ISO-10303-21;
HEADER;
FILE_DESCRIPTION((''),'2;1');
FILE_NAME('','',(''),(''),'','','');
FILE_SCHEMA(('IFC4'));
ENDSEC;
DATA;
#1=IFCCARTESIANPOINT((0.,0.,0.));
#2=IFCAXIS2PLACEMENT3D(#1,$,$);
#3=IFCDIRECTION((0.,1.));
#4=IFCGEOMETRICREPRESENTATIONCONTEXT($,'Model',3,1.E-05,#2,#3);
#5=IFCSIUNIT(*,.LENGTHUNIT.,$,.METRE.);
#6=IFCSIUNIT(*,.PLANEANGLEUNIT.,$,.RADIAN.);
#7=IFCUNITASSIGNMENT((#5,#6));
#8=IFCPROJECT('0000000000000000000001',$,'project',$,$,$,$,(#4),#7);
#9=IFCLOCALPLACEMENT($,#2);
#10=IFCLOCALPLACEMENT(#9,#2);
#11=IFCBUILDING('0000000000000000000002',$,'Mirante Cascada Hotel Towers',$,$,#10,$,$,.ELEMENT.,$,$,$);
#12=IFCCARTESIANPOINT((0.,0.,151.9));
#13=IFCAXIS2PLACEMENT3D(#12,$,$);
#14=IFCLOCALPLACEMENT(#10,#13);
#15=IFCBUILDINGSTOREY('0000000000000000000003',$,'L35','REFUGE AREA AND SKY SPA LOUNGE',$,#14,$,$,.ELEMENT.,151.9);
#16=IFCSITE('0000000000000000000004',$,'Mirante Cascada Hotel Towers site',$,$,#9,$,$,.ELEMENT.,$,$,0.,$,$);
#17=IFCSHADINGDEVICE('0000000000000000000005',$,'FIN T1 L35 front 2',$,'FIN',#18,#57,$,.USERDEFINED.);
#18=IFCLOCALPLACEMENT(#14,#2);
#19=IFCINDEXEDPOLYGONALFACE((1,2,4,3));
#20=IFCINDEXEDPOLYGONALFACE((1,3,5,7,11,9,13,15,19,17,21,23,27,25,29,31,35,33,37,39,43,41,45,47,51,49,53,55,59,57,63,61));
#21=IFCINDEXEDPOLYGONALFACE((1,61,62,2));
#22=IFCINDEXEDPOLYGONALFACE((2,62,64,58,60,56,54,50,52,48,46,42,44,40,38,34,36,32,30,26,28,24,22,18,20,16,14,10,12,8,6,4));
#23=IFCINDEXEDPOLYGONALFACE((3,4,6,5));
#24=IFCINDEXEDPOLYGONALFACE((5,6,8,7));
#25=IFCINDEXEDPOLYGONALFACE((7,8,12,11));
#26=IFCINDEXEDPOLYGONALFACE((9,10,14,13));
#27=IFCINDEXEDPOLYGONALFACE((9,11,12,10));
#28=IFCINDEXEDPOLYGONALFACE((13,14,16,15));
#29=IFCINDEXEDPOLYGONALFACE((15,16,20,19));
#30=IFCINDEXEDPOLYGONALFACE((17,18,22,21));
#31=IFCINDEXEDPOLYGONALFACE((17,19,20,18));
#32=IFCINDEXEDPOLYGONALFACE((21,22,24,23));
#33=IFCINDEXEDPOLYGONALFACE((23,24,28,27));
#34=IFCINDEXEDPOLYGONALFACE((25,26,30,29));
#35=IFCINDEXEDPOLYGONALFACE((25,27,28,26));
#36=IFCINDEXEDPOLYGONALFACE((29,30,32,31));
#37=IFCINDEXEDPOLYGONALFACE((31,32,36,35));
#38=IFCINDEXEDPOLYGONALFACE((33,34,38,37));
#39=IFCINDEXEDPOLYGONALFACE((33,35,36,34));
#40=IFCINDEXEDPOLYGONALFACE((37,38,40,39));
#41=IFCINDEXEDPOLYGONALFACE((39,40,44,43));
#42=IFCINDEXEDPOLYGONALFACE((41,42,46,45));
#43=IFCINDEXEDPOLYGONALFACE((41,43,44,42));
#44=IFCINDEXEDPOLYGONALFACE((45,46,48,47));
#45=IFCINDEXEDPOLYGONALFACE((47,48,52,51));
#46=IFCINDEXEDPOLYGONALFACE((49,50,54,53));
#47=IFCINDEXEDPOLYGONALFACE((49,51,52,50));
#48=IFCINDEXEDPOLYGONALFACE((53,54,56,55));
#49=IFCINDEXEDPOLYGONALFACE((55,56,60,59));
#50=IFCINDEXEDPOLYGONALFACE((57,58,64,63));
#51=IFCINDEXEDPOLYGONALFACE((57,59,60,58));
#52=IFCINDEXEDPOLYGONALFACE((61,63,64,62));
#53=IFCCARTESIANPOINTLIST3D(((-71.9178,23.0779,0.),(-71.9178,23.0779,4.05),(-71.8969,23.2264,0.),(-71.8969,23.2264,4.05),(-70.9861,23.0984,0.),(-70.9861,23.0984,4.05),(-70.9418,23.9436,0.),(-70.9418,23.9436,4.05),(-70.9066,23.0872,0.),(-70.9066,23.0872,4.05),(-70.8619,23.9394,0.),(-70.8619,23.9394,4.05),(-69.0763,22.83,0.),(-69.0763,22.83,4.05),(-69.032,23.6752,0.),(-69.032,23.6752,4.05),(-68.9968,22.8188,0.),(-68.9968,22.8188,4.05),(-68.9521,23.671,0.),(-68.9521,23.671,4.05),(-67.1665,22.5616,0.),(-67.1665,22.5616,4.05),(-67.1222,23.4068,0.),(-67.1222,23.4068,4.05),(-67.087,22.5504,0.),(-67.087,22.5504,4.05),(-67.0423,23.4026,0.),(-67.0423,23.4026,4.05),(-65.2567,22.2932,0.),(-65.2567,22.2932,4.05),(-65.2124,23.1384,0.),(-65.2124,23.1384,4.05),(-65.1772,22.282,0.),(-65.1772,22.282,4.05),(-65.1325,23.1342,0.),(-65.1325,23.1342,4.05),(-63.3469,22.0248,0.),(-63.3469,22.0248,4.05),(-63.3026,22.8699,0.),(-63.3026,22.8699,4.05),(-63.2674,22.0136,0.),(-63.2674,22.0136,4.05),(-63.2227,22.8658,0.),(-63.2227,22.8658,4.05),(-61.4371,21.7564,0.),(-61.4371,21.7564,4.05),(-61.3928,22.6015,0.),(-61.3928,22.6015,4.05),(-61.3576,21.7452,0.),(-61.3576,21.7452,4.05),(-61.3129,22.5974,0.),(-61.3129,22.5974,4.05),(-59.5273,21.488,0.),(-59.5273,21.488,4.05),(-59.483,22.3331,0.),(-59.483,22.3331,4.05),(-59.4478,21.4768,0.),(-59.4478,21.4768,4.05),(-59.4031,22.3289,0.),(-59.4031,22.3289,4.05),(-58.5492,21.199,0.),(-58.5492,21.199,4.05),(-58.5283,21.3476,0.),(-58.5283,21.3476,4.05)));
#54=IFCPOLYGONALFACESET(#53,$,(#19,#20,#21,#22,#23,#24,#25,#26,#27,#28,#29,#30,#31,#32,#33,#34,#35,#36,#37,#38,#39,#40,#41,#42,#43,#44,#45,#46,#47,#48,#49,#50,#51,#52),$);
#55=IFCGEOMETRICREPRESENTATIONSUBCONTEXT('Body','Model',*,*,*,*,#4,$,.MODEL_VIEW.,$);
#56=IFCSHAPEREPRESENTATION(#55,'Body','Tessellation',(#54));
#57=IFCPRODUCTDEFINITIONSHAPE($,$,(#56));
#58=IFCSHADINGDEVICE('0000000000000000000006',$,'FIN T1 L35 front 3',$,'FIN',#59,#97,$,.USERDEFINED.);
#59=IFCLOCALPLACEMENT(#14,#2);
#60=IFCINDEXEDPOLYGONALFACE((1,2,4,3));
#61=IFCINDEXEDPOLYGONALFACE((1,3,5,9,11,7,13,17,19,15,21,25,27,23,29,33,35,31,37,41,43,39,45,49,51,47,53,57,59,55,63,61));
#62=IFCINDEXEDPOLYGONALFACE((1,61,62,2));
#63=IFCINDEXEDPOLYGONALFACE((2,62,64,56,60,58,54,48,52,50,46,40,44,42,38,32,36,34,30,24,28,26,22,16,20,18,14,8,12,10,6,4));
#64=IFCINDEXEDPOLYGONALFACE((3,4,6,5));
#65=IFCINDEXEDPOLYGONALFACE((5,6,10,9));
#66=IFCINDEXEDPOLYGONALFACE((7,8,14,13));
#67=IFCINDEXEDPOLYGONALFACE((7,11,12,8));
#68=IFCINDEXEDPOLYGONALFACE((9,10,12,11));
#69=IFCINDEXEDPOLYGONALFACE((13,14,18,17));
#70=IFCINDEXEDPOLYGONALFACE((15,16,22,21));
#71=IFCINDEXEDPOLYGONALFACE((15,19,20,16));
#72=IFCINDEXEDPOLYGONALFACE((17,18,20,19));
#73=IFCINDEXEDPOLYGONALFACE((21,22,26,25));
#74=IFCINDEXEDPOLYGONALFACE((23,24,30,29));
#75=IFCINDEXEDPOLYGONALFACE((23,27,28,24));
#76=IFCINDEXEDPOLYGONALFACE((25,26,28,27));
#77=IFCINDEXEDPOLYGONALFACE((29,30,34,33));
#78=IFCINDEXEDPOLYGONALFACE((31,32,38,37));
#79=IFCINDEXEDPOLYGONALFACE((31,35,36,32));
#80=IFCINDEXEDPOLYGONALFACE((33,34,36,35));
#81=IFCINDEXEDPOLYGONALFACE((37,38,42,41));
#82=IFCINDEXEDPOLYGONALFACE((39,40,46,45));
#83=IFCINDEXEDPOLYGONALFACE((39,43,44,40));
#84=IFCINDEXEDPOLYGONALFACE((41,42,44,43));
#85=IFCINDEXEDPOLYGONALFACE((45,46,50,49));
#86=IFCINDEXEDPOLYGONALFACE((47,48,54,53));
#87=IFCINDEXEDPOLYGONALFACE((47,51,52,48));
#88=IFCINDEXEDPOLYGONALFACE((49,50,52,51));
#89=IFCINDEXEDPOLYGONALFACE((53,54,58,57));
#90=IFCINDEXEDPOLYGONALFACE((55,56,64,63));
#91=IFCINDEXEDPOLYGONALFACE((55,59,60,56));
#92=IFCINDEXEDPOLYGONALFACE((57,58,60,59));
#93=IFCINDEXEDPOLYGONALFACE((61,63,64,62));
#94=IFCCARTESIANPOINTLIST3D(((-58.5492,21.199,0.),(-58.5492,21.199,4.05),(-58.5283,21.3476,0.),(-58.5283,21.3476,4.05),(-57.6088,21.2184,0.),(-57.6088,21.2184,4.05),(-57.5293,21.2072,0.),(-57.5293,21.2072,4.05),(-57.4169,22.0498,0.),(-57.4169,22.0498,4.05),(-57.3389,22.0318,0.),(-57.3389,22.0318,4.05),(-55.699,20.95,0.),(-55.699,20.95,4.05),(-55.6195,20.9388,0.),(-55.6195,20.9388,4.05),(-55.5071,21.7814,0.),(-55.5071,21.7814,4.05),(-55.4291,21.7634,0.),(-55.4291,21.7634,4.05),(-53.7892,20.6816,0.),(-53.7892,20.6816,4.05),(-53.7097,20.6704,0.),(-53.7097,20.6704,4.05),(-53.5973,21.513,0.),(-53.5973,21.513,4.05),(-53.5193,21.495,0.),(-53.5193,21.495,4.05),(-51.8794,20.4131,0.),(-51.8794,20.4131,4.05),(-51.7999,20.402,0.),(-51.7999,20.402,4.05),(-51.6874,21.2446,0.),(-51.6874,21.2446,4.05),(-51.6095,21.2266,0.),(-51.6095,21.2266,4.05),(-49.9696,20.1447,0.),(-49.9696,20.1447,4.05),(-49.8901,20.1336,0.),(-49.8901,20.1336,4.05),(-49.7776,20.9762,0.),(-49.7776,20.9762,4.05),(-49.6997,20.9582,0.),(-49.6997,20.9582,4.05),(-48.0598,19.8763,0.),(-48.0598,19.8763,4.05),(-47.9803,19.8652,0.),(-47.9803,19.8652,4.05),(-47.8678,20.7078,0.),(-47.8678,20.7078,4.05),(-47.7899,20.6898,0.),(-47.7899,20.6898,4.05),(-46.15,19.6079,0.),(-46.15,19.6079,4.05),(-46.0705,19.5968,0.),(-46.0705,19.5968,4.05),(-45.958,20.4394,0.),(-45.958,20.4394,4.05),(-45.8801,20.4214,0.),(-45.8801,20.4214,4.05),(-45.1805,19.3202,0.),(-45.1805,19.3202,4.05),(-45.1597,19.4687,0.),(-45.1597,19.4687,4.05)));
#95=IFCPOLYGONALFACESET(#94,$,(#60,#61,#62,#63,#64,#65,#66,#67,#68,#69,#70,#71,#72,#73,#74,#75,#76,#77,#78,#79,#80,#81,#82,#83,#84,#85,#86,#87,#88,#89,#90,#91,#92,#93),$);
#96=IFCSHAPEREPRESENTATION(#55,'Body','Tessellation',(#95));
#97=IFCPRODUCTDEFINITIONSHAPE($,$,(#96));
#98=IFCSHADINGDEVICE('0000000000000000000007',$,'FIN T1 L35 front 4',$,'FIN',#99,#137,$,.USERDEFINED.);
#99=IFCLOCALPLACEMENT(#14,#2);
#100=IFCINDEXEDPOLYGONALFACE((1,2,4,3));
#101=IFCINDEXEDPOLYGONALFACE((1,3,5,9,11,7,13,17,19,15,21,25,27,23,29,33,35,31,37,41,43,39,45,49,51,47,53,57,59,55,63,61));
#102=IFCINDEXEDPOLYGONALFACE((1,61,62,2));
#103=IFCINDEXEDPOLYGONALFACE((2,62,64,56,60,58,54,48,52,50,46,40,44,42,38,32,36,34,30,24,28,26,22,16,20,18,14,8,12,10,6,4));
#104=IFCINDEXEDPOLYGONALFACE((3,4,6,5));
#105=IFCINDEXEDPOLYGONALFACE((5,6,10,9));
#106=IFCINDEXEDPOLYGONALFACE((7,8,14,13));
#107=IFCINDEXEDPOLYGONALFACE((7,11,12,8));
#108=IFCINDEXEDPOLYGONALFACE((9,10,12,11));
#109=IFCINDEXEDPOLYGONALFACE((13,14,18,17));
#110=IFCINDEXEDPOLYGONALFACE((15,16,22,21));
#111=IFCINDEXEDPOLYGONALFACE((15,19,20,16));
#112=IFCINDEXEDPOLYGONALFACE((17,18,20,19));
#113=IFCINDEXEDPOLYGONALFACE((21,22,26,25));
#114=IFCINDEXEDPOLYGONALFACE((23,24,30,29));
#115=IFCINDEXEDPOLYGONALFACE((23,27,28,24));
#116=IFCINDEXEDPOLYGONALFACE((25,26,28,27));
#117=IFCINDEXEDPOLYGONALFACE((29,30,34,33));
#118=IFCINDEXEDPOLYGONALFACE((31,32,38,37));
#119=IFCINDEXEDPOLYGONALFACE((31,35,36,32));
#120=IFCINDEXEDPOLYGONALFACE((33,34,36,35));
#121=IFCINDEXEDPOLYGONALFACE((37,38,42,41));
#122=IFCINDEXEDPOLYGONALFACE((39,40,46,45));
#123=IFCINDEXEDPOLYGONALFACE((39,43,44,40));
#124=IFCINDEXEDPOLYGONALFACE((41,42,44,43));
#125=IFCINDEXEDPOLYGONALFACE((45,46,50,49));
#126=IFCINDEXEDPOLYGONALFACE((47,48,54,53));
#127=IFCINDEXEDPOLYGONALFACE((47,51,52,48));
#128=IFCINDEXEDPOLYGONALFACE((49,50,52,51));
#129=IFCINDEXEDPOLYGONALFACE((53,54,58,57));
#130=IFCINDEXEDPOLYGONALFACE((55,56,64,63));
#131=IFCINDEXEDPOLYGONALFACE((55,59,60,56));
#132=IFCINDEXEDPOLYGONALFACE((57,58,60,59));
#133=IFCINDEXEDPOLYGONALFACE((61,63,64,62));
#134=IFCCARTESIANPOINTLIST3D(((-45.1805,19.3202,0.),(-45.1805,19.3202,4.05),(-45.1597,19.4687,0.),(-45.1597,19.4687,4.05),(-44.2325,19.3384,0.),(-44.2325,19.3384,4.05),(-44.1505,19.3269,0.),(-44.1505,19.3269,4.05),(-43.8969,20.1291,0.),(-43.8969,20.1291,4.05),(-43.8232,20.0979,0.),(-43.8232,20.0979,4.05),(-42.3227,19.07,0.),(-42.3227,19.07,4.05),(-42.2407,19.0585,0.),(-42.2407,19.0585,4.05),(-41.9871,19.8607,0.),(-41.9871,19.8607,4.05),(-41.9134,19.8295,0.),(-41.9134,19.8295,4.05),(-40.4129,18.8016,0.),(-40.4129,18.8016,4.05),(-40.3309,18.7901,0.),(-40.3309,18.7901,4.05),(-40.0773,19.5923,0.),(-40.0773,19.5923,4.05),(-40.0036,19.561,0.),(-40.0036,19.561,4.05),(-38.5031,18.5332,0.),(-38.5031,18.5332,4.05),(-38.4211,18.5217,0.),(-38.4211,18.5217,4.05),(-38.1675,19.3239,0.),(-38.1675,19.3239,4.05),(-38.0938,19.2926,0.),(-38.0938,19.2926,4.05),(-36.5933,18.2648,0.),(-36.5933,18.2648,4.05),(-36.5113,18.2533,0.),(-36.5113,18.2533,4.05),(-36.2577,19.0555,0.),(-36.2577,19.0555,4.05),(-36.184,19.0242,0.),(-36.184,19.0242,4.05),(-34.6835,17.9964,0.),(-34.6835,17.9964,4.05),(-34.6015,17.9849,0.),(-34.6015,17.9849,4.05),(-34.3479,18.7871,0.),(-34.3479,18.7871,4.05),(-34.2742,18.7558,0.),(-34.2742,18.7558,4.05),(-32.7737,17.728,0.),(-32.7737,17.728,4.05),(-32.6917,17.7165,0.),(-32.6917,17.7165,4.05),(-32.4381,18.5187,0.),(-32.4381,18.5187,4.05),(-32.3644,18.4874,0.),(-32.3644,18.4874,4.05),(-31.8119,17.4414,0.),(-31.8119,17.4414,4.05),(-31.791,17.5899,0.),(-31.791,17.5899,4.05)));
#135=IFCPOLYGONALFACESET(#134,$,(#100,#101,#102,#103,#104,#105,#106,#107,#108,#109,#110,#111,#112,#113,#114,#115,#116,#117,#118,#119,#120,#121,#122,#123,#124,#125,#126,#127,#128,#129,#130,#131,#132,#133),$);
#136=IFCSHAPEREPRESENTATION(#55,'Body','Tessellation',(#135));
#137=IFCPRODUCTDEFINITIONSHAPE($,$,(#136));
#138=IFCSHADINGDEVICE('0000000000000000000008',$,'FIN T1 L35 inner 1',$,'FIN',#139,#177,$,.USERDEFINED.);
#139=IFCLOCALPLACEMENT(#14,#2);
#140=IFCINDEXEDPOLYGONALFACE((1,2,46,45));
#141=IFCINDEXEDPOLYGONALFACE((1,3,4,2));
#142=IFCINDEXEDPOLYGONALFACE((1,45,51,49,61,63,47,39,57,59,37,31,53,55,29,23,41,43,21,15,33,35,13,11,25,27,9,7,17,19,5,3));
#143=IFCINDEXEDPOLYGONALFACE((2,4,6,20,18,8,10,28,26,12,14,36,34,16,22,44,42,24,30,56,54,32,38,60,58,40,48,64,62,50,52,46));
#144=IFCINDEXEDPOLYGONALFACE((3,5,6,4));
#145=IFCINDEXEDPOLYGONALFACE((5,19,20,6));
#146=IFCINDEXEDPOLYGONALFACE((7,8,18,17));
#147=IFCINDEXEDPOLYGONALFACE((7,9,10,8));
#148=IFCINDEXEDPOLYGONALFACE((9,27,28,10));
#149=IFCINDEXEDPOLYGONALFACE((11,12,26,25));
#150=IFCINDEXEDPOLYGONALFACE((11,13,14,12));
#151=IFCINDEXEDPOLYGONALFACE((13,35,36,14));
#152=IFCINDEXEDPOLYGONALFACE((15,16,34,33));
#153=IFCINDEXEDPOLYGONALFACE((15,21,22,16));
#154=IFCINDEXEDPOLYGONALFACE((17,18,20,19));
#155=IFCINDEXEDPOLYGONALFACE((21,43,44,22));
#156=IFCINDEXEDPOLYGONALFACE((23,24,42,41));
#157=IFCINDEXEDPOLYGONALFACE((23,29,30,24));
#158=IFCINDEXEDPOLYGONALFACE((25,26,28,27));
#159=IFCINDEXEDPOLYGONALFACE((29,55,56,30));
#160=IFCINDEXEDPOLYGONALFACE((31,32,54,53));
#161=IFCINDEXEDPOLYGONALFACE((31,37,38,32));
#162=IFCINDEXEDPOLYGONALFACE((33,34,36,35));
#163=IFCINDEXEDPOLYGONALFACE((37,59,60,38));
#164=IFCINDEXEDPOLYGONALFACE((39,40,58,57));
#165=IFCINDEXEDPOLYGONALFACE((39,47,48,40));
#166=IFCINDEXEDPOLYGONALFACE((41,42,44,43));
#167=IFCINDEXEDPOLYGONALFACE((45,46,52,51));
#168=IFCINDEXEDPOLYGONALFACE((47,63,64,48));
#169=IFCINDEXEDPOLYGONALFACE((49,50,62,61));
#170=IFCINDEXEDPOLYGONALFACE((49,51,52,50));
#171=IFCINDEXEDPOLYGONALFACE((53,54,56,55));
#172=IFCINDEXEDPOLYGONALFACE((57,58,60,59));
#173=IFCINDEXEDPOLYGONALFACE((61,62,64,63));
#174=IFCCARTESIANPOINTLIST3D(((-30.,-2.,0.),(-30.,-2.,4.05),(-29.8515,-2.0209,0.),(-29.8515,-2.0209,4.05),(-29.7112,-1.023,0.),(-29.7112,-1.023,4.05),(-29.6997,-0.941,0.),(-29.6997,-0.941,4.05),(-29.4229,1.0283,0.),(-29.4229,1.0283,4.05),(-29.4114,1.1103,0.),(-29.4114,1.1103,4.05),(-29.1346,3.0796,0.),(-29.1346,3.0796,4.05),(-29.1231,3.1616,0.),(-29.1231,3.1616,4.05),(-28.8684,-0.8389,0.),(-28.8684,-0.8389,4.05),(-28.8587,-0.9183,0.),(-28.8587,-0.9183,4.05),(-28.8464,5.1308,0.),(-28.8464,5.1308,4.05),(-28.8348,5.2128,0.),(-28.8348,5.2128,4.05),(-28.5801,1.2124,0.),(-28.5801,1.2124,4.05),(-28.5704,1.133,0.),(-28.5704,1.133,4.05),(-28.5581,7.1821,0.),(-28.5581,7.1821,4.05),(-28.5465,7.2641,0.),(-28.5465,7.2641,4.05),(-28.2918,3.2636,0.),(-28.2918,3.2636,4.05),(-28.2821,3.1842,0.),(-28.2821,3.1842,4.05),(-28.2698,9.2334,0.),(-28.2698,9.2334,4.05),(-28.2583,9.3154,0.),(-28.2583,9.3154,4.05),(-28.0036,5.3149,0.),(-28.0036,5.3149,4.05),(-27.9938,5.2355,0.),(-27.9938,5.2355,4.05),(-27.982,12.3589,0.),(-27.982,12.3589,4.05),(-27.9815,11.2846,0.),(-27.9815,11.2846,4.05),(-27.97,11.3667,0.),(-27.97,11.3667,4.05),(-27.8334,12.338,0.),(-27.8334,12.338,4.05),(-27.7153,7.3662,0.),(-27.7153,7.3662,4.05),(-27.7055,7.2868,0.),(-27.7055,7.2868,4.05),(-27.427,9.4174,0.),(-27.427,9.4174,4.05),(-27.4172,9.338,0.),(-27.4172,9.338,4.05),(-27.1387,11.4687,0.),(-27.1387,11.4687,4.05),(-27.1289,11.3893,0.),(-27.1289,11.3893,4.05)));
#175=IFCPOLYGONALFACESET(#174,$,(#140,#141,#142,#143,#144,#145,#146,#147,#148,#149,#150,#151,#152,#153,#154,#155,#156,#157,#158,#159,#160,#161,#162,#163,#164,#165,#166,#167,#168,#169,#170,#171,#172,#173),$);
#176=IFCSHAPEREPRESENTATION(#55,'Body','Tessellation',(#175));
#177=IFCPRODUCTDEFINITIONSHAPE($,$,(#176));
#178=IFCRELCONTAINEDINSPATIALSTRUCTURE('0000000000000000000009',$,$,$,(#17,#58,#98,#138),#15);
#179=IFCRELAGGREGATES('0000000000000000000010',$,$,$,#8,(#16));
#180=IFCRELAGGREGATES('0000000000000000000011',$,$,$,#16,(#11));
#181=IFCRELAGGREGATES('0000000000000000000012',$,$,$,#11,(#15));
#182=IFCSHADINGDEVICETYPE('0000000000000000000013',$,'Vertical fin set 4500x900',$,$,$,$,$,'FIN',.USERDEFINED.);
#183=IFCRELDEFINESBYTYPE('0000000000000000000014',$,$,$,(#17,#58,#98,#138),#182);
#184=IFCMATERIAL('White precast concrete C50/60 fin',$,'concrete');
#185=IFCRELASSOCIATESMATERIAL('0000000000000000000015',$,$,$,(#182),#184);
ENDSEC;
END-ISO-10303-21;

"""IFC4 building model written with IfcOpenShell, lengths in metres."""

from ifc_helpers import new_model, si_unit, direction, frame, origin, place, context, subcontext, project, spatial, polyline, outline, extrude, material, type_object, element, save


model = new_model("IFC4")

# Units and contexts
model_context = context("Model", 3, precision=1e-05, world=origin(), true_north=direction((0.0, 1.0)))
body_context = subcontext(model_context, "Body", "Model", "MODEL_VIEW")
ifc_project = project(units=[si_unit("LENGTHUNIT", "METRE"), si_unit("PLANEANGLEUNIT", "RADIAN")], contexts=[model_context])

# Site, building, storey
site_placement = place(None, origin())
site = spatial("IfcSite", under=ifc_project, at=site_placement, Name="Mirante Cascada Hotel Towers site", CompositionType="ELEMENT", RefElevation=0.0)
building_placement = place(site_placement, origin())
building = spatial("IfcBuilding", under=site, at=building_placement, Name="Mirante Cascada Hotel Towers", CompositionType="ELEMENT")
storey_placement = place(building_placement, frame((0.0, 0.0, 151.9)))
storey = spatial("IfcBuildingStorey", under=building, at=storey_placement, Name="L35", Description="REFUGE AREA AND SKY SPA LOUNGE", CompositionType="ELEMENT", Elevation=151.9)

# Shading devices
ifc_material_1 = material(Name="White precast concrete C50/60 fin", Category="concrete")
shading_device_type = type_object("IfcShadingDeviceType", Name="Vertical fin set 4500x900", ElementType="FIN", PredefinedType="USERDEFINED", material=ifc_material_1)
shading_device_1_placement = place(storey_placement, origin())
element("IfcShadingDevice", 1, at=shading_device_1_placement, inside=storey, type_object=shading_device_type, Name="FIN T1 L35 front 2", ObjectType="FIN", PredefinedType="USERDEFINED", context=body_context, shape_type="SweptSolid", body=[
    extrude(outline(polyline([(-59.4478, 21.4768), (-58.5283, 21.3476), (-58.5492, 21.199), (-71.9178, 23.0779), (-71.8969, 23.2264), (-70.9861, 23.0984), (-70.9418, 23.9436), (-70.8619, 23.9394), (-70.9066, 23.0872), (-69.0763, 22.83), (-69.032, 23.6752), (-68.9521, 23.671), (-68.9968, 22.8188), (-67.1665, 22.5616), (-67.1222, 23.4068), (-67.0423, 23.4026), (-67.087, 22.5504), (-65.2567, 22.2932), (-65.2124, 23.1384), (-65.1325, 23.1342), (-65.1772, 22.282), (-63.3469, 22.0248), (-63.3026, 22.8699), (-63.2227, 22.8658), (-63.2674, 22.0136), (-61.4371, 21.7564), (-61.3928, 22.6015), (-61.3129, 22.5974), (-61.3576, 21.7452), (-59.5273, 21.488), (-59.483, 22.3331), (-59.4031, 22.3289), (-59.4478, 21.4768)])), origin(), (0.0, 0.0, 1.0), 4.05),
])
shading_device_2_placement = place(storey_placement, origin())
element("IfcShadingDevice", 2, at=shading_device_2_placement, inside=storey, type_object=shading_device_type, Name="FIN T1 L35 front 3", ObjectType="FIN", PredefinedType="USERDEFINED", context=body_context, shape_type="SweptSolid", body=[
    extrude(outline(polyline([(-46.0705, 19.5968), (-45.1597, 19.4687), (-45.1805, 19.3202), (-58.5492, 21.199), (-58.5283, 21.3476), (-57.6088, 21.2184), (-57.4169, 22.0498), (-57.3389, 22.0318), (-57.5293, 21.2072), (-55.699, 20.95), (-55.5071, 21.7814), (-55.4291, 21.7634), (-55.6195, 20.9388), (-53.7892, 20.6816), (-53.5973, 21.513), (-53.5193, 21.495), (-53.7097, 20.6704), (-51.8794, 20.4131), (-51.6874, 21.2446), (-51.6095, 21.2266), (-51.7999, 20.402), (-49.9696, 20.1447), (-49.7776, 20.9762), (-49.6997, 20.9582), (-49.8901, 20.1336), (-48.0598, 19.8763), (-47.8678, 20.7078), (-47.7899, 20.6898), (-47.9803, 19.8652), (-46.15, 19.6079), (-45.958, 20.4394), (-45.8801, 20.4214), (-46.0705, 19.5968)])), origin(), (0.0, 0.0, 1.0), 4.05),
])
shading_device_3_placement = place(storey_placement, origin())
element("IfcShadingDevice", 3, at=shading_device_3_placement, inside=storey, type_object=shading_device_type, Name="FIN T1 L35 front 4", ObjectType="FIN", PredefinedType="USERDEFINED", context=body_context, shape_type="SweptSolid", body=[
    extrude(outline(polyline([(-32.6917, 17.7165), (-31.791, 17.5899), (-31.8119, 17.4414), (-45.1805, 19.3202), (-45.1597, 19.4687), (-44.2325, 19.3384), (-43.8969, 20.1291), (-43.8232, 20.0979), (-44.1505, 19.3269), (-42.3227, 19.07), (-41.9871, 19.8607), (-41.9134, 19.8295), (-42.2407, 19.0585), (-40.4129, 18.8016), (-40.0773, 19.5923), (-40.0036, 19.561), (-40.3309, 18.7901), (-38.5031, 18.5332), (-38.1675, 19.3239), (-38.0938, 19.2926), (-38.4211, 18.5217), (-36.5933, 18.2648), (-36.2577, 19.0555), (-36.184, 19.0242), (-36.5113, 18.2533), (-34.6835, 17.9964), (-34.3479, 18.7871), (-34.2742, 18.7558), (-34.6015, 17.9849), (-32.7737, 17.728), (-32.4381, 18.5187), (-32.3644, 18.4874), (-32.6917, 17.7165)])), origin(), (0.0, 0.0, 1.0), 4.05),
])
shading_device_4_placement = place(storey_placement, origin())
element("IfcShadingDevice", 4, at=shading_device_4_placement, inside=storey, type_object=shading_device_type, Name="FIN T1 L35 inner 1", ObjectType="FIN", PredefinedType="USERDEFINED", context=body_context, shape_type="SweptSolid", body=[
    extrude(outline(polyline([(-29.7112, -1.023), (-29.8515, -2.0209), (-30.0, -2.0), (-27.982, 12.3589), (-27.8334, 12.338), (-27.97, 11.3667), (-27.1387, 11.4687), (-27.1289, 11.3893), (-27.9815, 11.2846), (-28.2583, 9.3154), (-27.427, 9.4174), (-27.4172, 9.338), (-28.2698, 9.2334), (-28.5465, 7.2641), (-27.7153, 7.3662), (-27.7055, 7.2868), (-28.5581, 7.1821), (-28.8348, 5.2128), (-28.0036, 5.3149), (-27.9938, 5.2355), (-28.8464, 5.1308), (-29.1231, 3.1616), (-28.2918, 3.2636), (-28.2821, 3.1842), (-29.1346, 3.0796), (-29.4114, 1.1103), (-28.5801, 1.2124), (-28.5704, 1.133), (-29.4229, 1.0283), (-29.6997, -0.941), (-28.8684, -0.8389), (-28.8587, -0.9183), (-29.7112, -1.023)])), origin(), (0.0, 0.0, 1.0), 4.05),
])

save(model, "model.ifc")
